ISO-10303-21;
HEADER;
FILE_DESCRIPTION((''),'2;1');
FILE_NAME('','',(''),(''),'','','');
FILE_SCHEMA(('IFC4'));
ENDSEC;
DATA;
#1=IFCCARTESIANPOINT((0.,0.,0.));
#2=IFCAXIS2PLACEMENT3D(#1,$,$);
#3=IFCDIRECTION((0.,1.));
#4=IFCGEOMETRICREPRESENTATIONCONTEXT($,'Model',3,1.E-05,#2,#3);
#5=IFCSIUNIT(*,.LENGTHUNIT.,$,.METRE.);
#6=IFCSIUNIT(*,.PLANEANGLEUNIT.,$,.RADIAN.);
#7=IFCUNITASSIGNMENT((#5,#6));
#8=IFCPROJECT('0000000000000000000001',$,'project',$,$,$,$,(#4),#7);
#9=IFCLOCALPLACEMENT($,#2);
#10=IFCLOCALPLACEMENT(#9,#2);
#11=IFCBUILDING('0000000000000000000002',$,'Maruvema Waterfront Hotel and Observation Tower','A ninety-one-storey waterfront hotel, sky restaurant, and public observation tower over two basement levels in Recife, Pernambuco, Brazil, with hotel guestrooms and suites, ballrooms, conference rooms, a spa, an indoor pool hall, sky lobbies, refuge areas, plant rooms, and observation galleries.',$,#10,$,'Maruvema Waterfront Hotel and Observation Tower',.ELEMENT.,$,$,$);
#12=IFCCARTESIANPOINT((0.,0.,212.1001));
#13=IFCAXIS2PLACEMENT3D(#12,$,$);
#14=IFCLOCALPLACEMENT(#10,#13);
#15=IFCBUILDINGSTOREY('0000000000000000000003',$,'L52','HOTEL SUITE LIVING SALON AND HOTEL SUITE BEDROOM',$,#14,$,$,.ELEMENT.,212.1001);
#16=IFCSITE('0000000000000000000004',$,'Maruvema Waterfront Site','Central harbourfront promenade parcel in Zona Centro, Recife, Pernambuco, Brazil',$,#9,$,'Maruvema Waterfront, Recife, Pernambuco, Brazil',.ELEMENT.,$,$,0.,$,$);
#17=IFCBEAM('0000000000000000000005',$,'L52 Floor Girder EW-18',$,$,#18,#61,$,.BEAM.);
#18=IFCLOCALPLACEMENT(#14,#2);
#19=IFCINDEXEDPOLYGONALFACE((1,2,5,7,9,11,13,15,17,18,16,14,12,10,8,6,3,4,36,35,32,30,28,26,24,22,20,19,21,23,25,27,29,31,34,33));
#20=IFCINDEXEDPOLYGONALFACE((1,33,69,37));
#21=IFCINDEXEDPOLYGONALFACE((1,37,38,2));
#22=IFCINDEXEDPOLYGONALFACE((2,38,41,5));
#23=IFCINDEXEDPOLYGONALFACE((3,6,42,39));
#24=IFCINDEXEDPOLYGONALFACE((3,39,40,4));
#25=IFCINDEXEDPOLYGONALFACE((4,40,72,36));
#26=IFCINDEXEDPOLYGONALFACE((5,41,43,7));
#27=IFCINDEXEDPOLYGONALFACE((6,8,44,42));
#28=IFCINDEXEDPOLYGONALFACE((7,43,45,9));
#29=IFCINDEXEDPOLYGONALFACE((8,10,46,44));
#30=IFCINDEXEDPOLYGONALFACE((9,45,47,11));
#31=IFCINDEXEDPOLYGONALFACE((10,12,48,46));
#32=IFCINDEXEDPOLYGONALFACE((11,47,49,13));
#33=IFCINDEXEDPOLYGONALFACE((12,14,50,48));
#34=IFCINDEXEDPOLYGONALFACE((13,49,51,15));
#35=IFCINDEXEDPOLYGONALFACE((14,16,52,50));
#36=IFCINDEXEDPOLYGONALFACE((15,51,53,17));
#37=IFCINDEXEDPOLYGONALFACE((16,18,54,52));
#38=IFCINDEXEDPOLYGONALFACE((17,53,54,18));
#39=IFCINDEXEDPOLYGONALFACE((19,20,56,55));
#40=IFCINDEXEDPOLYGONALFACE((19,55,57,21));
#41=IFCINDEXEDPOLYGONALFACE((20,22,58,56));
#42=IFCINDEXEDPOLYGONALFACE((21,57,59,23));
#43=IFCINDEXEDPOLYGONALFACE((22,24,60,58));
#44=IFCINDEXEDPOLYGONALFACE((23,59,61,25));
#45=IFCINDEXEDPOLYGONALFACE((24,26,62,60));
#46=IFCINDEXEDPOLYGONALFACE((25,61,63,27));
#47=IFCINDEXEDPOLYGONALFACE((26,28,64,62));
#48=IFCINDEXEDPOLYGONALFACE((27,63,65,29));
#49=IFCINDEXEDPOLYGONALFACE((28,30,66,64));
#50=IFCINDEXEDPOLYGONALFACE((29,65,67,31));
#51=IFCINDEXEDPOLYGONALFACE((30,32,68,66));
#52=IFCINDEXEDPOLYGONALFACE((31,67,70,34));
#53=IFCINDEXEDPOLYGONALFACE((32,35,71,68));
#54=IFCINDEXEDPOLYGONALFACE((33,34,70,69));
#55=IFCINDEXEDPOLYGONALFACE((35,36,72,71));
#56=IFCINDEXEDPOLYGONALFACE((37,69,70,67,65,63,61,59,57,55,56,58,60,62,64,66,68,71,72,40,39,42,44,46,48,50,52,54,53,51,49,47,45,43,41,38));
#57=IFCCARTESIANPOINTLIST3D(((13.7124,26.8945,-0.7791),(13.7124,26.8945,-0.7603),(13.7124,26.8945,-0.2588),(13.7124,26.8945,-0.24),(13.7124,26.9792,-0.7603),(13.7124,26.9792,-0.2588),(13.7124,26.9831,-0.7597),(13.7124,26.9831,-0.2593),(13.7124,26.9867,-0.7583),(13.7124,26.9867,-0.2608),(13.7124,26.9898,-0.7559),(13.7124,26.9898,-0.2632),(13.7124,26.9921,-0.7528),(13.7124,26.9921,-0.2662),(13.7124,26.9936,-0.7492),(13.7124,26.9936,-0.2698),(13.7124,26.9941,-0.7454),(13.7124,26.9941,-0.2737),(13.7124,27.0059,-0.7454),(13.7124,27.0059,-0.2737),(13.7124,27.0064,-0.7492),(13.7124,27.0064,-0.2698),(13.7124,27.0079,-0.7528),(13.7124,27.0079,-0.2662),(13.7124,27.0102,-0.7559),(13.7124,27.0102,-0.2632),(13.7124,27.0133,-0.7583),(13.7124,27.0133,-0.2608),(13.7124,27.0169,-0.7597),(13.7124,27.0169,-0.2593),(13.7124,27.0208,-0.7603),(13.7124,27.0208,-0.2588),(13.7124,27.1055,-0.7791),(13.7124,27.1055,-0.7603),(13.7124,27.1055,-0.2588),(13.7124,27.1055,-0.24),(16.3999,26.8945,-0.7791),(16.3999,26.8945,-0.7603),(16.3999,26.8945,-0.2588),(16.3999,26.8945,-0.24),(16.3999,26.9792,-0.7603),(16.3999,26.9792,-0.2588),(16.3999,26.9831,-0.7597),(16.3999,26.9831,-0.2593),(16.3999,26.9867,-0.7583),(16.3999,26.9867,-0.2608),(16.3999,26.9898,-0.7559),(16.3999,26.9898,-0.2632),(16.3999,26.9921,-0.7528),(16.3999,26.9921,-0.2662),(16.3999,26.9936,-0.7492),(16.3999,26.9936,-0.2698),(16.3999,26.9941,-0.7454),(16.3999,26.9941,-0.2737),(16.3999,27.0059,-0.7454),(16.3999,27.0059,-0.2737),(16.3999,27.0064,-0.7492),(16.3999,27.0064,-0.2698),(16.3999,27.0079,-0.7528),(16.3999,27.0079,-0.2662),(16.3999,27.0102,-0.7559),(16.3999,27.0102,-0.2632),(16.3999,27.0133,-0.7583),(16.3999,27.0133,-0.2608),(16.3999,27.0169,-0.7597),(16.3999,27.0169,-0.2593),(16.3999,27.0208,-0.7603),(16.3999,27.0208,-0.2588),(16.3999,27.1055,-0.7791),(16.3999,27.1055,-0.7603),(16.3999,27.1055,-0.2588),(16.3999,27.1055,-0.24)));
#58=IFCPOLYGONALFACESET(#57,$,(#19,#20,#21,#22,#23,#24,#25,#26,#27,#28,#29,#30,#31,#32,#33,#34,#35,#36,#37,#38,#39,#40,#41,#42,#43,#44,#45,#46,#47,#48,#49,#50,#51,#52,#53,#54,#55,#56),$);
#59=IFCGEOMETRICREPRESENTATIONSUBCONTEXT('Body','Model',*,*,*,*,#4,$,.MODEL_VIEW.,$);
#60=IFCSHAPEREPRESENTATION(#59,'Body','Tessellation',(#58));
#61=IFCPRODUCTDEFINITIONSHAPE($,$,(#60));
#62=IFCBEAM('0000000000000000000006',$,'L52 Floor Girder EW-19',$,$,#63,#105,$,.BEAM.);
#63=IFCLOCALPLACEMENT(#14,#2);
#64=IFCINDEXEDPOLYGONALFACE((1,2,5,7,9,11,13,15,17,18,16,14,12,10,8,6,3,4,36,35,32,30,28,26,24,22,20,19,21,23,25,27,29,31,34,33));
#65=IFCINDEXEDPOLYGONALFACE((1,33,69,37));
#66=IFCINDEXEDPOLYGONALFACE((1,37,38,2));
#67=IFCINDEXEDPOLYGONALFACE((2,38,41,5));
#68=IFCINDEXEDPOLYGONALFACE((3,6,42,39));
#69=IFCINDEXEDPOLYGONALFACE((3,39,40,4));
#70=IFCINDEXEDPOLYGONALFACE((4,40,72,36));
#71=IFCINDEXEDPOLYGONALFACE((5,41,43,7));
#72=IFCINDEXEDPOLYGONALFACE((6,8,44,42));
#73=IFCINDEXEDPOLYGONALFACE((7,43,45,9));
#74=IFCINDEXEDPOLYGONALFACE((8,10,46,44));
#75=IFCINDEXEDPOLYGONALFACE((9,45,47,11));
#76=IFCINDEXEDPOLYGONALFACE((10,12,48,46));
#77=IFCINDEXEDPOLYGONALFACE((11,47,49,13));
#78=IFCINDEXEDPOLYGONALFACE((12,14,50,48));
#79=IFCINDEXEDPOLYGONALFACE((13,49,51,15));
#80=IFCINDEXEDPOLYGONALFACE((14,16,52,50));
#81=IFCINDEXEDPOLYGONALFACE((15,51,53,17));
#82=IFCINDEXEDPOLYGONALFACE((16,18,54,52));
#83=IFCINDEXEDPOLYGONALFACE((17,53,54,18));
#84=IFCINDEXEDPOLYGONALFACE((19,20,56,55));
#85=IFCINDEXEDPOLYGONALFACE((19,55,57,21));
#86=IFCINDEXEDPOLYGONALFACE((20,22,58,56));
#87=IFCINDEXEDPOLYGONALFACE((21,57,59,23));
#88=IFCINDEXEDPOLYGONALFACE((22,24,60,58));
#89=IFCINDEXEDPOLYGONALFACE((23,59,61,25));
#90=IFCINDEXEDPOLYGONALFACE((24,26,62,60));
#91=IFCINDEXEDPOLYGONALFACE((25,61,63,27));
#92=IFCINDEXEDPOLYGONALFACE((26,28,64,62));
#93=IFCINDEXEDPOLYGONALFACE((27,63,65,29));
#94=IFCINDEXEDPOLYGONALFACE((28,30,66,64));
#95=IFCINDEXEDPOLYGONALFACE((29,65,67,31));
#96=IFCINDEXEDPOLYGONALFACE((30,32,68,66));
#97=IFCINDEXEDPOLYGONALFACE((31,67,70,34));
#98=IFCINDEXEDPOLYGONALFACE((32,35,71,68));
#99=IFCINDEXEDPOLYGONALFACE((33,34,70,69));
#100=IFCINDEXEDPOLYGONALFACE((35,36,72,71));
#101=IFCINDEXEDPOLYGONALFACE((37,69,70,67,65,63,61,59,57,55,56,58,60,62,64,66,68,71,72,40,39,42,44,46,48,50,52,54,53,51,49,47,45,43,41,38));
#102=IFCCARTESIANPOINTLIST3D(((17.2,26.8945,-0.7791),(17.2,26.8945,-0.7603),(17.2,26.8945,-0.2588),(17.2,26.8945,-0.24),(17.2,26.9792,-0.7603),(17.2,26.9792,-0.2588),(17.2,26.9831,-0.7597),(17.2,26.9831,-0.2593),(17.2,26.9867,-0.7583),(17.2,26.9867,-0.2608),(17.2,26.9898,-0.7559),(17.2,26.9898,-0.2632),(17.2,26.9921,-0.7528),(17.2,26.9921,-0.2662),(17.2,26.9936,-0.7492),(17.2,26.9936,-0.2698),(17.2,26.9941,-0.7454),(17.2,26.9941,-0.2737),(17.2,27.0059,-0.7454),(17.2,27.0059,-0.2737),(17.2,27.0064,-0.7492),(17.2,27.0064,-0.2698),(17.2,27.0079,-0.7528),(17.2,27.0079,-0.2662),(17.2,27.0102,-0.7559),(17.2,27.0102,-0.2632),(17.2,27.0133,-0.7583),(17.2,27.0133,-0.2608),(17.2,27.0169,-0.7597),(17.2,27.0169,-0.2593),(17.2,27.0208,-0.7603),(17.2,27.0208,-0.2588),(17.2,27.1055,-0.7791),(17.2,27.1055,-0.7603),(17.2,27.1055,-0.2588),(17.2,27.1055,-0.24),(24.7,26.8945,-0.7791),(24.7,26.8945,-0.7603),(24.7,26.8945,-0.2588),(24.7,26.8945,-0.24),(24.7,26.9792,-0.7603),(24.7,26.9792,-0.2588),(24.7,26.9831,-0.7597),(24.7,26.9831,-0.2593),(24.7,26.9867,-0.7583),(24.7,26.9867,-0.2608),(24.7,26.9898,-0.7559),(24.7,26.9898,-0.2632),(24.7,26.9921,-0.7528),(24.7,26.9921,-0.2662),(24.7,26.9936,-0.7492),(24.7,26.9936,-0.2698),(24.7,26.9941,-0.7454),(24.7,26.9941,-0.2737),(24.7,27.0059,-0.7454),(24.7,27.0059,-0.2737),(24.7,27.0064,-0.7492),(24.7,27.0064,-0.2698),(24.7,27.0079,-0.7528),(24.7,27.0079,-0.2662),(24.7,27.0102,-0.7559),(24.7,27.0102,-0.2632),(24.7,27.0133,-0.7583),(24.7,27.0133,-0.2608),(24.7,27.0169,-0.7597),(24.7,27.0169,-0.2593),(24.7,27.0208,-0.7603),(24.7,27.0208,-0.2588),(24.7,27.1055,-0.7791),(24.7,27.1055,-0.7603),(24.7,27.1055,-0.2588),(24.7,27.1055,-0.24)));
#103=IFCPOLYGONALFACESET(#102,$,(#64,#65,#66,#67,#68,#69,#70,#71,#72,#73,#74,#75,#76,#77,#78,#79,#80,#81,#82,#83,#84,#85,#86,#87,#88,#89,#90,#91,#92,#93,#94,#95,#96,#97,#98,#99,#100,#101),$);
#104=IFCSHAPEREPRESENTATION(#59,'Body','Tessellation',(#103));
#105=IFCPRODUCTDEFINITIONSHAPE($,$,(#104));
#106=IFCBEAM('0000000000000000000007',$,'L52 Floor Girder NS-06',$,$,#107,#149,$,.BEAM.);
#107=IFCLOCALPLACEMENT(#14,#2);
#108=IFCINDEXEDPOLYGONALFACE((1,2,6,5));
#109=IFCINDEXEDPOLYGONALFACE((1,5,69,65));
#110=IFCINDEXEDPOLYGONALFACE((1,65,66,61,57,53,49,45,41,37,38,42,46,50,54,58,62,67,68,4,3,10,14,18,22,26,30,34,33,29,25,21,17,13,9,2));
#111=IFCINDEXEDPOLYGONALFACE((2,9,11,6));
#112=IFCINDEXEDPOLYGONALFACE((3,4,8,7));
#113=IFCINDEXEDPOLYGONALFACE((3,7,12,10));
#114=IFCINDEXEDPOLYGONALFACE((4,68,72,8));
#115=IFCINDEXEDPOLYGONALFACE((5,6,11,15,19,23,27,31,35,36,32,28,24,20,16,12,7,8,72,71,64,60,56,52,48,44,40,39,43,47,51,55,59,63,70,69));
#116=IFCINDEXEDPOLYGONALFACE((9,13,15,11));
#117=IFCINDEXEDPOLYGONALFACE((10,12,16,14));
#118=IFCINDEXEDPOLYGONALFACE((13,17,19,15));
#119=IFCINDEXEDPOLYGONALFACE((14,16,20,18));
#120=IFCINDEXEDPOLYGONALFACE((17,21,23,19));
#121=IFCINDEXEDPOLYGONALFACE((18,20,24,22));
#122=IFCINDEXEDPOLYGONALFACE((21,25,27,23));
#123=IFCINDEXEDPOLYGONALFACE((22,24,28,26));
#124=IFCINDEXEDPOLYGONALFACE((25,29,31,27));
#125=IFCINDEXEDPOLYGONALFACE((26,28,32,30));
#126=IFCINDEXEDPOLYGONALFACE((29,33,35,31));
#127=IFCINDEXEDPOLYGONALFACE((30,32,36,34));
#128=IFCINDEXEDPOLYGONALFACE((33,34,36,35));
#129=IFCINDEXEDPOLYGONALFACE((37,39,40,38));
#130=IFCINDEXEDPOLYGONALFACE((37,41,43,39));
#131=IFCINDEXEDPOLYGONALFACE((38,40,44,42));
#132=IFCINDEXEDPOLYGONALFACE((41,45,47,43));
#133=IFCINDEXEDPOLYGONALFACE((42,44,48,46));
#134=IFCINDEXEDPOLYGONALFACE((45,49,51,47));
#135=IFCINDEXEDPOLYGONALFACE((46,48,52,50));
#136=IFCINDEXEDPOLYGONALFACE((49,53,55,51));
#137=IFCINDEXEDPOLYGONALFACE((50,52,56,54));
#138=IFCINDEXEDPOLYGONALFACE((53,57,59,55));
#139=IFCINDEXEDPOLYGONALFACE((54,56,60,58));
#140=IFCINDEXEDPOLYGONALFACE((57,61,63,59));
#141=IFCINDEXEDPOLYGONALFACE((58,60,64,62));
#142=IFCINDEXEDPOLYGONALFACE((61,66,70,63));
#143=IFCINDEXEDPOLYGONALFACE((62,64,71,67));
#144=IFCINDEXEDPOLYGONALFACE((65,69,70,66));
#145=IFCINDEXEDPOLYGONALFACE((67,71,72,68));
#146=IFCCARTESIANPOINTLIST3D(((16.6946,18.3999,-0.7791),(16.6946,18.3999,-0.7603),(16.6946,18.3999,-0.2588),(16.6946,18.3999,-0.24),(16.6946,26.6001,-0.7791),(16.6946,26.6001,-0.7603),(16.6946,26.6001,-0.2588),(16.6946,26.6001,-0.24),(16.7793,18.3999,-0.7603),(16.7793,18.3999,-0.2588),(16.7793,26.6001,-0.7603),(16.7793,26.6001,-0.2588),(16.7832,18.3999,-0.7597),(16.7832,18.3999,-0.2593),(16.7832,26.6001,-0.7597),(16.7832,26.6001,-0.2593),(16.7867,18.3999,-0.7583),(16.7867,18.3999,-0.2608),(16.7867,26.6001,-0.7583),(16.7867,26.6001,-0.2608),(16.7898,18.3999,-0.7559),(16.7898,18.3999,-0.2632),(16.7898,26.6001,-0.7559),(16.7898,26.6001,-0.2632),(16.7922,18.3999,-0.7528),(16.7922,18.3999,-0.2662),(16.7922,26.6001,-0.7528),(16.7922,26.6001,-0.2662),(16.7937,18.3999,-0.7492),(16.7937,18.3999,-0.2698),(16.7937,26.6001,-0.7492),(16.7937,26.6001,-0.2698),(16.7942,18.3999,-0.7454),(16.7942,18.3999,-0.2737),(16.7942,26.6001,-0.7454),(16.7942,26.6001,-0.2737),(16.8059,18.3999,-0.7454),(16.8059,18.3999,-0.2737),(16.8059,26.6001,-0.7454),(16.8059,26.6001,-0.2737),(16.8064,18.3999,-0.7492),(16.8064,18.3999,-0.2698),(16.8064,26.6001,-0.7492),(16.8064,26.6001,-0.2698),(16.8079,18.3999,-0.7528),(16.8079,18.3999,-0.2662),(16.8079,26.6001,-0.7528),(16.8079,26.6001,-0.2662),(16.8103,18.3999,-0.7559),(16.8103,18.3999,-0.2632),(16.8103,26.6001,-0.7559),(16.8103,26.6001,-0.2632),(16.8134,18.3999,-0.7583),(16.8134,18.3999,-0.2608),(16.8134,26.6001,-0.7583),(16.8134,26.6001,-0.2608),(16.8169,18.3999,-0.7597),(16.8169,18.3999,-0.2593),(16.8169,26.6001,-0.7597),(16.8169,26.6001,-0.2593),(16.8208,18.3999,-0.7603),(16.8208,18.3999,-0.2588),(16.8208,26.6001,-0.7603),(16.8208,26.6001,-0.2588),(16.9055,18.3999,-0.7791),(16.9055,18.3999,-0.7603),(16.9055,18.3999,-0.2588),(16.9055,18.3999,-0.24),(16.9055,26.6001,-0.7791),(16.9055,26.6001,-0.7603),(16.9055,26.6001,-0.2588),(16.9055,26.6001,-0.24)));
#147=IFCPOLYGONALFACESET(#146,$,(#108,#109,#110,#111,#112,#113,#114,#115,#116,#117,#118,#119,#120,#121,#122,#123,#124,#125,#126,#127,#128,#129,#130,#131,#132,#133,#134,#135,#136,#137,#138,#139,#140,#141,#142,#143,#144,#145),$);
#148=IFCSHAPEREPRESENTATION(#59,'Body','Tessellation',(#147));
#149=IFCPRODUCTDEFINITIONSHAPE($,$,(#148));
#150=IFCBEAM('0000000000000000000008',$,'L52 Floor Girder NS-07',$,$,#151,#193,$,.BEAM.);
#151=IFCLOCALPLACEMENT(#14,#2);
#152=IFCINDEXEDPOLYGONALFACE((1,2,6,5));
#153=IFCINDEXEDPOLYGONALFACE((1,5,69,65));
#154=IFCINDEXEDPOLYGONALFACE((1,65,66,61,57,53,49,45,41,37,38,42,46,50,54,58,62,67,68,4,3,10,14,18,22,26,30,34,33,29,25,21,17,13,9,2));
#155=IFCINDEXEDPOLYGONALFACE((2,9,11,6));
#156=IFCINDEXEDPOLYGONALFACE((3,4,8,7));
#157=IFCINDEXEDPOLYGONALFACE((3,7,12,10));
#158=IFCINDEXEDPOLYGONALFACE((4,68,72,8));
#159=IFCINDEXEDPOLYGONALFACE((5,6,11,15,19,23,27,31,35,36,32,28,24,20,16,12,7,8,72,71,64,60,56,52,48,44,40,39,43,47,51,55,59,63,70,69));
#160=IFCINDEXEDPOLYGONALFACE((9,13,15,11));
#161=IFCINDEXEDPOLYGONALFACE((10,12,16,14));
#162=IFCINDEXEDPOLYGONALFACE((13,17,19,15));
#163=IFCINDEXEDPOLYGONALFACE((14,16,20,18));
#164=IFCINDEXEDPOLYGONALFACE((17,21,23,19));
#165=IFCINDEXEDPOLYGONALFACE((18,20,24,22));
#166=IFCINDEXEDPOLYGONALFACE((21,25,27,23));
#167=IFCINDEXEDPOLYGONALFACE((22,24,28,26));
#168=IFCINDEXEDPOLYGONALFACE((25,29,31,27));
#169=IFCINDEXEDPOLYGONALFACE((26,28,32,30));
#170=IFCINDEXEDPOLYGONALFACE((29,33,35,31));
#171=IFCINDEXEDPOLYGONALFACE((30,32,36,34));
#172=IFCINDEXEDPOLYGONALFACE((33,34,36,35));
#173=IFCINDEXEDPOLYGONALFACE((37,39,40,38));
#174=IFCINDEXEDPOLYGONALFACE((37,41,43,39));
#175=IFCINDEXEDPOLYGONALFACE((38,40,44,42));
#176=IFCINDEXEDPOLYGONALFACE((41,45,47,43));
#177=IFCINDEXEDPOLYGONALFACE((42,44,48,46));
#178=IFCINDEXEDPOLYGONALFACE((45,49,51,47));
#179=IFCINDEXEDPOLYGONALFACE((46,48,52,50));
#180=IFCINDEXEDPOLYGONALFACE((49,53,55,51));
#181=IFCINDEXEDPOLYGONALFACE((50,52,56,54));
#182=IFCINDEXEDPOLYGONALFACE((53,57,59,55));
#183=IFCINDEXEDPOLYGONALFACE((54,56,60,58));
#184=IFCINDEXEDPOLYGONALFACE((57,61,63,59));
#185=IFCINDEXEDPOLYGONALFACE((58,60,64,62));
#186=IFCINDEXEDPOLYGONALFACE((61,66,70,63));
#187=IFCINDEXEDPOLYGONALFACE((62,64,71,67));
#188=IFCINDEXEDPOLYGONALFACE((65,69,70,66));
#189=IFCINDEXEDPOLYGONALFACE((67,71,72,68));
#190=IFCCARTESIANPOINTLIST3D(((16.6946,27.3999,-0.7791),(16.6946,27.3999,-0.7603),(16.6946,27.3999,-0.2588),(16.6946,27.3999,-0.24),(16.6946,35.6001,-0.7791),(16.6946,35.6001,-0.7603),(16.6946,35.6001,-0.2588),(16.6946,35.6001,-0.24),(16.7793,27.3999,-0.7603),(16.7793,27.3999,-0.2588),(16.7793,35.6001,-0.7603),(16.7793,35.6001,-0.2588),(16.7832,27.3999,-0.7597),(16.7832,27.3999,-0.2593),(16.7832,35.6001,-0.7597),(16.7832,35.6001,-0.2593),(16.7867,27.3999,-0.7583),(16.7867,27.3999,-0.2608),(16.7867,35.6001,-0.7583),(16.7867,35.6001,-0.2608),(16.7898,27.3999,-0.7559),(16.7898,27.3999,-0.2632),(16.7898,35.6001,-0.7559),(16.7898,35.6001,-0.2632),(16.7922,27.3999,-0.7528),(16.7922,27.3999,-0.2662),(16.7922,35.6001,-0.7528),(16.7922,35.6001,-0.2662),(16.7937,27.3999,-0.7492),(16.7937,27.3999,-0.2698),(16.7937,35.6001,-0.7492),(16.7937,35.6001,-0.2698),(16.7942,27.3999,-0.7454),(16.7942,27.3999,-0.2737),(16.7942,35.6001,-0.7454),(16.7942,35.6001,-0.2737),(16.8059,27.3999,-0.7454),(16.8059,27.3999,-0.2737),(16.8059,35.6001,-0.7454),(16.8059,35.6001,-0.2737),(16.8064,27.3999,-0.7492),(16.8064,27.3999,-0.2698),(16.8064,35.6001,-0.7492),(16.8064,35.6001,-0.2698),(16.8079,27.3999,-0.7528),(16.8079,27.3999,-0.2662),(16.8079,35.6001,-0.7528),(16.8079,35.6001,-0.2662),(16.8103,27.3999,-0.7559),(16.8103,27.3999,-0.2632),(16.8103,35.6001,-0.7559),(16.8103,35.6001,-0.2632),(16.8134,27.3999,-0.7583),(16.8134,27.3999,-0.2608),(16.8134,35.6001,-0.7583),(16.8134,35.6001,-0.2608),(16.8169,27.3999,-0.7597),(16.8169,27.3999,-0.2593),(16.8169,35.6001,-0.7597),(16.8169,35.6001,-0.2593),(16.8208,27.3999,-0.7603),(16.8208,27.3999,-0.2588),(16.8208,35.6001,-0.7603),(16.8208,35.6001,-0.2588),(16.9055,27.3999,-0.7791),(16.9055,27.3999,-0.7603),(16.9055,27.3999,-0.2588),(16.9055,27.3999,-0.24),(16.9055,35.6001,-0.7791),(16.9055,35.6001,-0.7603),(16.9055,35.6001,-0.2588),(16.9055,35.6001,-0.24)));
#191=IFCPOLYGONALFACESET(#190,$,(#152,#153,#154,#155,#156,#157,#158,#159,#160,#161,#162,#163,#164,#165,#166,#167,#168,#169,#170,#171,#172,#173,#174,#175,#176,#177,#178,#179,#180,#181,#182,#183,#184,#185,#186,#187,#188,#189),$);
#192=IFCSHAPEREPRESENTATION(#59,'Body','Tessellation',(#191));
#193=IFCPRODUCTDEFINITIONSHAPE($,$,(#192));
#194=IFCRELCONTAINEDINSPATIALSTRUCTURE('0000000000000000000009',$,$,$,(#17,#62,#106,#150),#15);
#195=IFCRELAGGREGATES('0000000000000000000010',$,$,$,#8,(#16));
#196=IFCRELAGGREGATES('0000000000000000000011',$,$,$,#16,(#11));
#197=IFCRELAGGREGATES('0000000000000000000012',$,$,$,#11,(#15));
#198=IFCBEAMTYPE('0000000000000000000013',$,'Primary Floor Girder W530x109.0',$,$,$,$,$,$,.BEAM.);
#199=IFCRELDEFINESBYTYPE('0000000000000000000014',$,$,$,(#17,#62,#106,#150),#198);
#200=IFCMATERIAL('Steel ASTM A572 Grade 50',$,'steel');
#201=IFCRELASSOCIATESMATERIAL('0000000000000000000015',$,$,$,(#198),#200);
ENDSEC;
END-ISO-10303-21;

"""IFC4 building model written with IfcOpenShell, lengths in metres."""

from ifc_helpers import new_model, si_unit, direction, frame, origin, origin_2d, place, context, subcontext, project, spatial, i_section, extrude, material, material_profile, profile_set, type_object, element, save


model = new_model("IFC4")

# Units and contexts
model_context = context("Model", 3, precision=1e-05, world=origin(), true_north=direction((0.0, 1.0)))
body_context = subcontext(model_context, "Body", "Model", "MODEL_VIEW")
ifc_project = project(units=[si_unit("LENGTHUNIT", "METRE"), si_unit("PLANEANGLEUNIT", "RADIAN")], contexts=[model_context])

# Site, building, storey
site_placement = place(None, origin())
site = spatial("IfcSite", under=ifc_project, at=site_placement, Name="Maruvema Waterfront Site", Description="Central harbourfront promenade parcel in Zona Centro, Recife, Pernambuco, Brazil", LongName="Maruvema Waterfront, Recife, Pernambuco, Brazil", CompositionType="ELEMENT", RefElevation=0.0)
building_placement = place(site_placement, origin())
building = spatial("IfcBuilding", under=site, at=building_placement, Name="Maruvema Waterfront Hotel and Observation Tower", Description="A ninety-one-storey waterfront hotel, sky restaurant, and public observation tower over two basement levels in Recife, Pernambuco, Brazil, with hotel guestrooms and suites, ballrooms, conference rooms, a spa, an indoor pool hall, sky lobbies, refuge areas, plant rooms, and observation galleries.", LongName="Maruvema Waterfront Hotel and Observation Tower", CompositionType="ELEMENT")
storey_placement = place(building_placement, frame((0.0, 0.0, 212.1001)))
storey = spatial("IfcBuildingStorey", under=building, at=storey_placement, Name="L52", Description="HOTEL SUITE LIVING SALON AND HOTEL SUITE BEDROOM", CompositionType="ELEMENT", Elevation=212.1001)

# Beams
ifc_material_1 = material(Name="Steel ASTM A572 Grade 50", Category="steel")
ifc_material_profile_1 = material_profile(ifc_material_1, i_section(OverallWidth=0.2109, OverallDepth=0.5391, WebThickness=0.0117, FlangeThickness=0.0188, FilletRadius=0.0149, at=origin_2d()), Name="W530x109.0")
ifc_profile_set_1 = profile_set([ifc_material_profile_1], Name="Steel ASTM A572 Grade 50")
beam_type_1 = type_object("IfcBeamType", Name="Primary Floor Girder W530x109.0", PredefinedType="BEAM", material=ifc_profile_set_1)
beam_1_placement = place(storey_placement, frame((13.7124, 27.0, -0.5095), z_axis=(1.0, 0.0, 0.0), x_axis=(0.0, 1.0, 0.0)))
element("IfcBeam", 1, at=beam_1_placement, inside=storey, type_object=beam_type_1, Name="L52 Floor Girder EW-18", PredefinedType="BEAM", context=body_context, shape_type="SweptSolid", body=[
    extrude(i_section(OverallWidth=0.2109, OverallDepth=0.5391, WebThickness=0.0117, FlangeThickness=0.0188, FilletRadius=0.0149, at=origin_2d()), origin(), (0.0, 0.0, 1.0), 2.6875),
])
beam_2_placement = place(storey_placement, frame((17.2, 27.0, -0.5095), z_axis=(1.0, 0.0, 0.0), x_axis=(0.0, 1.0, 0.0)))
element("IfcBeam", 2, at=beam_2_placement, inside=storey, type_object=beam_type_1, Name="L52 Floor Girder EW-19", PredefinedType="BEAM", context=body_context, shape_type="SweptSolid", body=[
    extrude(i_section(OverallWidth=0.2109, OverallDepth=0.5391, WebThickness=0.0117, FlangeThickness=0.0188, FilletRadius=0.0149, at=origin_2d()), origin(), (0.0, 0.0, 1.0), 7.5),
])
for number, where, z_axis, x_axis, name in (
    (3, (16.8, 18.3999, -0.5095), (0.0, 1.0, 0.0), (-1.0, 0.0, 0.0), "L52 Floor Girder NS-06"),
    (4, (16.8, 27.3999, -0.5095), (0.0, 1.0, 0.0), (-1.0, 0.0, 0.0), "L52 Floor Girder NS-07"),
):
    element("IfcBeam", number, at=place(storey_placement, frame(where, z_axis=z_axis, x_axis=x_axis)), inside=storey, type_object=beam_type_1, Name=name, PredefinedType="BEAM", context=body_context, shape_type="SweptSolid", body=[
        extrude(i_section(OverallWidth=0.2109, OverallDepth=0.5391, WebThickness=0.0117, FlangeThickness=0.0188, FilletRadius=0.0149, at=origin_2d()), origin(), (0.0, 0.0, 1.0), 8.2002),
    ])

save(model, "model.ifc")
